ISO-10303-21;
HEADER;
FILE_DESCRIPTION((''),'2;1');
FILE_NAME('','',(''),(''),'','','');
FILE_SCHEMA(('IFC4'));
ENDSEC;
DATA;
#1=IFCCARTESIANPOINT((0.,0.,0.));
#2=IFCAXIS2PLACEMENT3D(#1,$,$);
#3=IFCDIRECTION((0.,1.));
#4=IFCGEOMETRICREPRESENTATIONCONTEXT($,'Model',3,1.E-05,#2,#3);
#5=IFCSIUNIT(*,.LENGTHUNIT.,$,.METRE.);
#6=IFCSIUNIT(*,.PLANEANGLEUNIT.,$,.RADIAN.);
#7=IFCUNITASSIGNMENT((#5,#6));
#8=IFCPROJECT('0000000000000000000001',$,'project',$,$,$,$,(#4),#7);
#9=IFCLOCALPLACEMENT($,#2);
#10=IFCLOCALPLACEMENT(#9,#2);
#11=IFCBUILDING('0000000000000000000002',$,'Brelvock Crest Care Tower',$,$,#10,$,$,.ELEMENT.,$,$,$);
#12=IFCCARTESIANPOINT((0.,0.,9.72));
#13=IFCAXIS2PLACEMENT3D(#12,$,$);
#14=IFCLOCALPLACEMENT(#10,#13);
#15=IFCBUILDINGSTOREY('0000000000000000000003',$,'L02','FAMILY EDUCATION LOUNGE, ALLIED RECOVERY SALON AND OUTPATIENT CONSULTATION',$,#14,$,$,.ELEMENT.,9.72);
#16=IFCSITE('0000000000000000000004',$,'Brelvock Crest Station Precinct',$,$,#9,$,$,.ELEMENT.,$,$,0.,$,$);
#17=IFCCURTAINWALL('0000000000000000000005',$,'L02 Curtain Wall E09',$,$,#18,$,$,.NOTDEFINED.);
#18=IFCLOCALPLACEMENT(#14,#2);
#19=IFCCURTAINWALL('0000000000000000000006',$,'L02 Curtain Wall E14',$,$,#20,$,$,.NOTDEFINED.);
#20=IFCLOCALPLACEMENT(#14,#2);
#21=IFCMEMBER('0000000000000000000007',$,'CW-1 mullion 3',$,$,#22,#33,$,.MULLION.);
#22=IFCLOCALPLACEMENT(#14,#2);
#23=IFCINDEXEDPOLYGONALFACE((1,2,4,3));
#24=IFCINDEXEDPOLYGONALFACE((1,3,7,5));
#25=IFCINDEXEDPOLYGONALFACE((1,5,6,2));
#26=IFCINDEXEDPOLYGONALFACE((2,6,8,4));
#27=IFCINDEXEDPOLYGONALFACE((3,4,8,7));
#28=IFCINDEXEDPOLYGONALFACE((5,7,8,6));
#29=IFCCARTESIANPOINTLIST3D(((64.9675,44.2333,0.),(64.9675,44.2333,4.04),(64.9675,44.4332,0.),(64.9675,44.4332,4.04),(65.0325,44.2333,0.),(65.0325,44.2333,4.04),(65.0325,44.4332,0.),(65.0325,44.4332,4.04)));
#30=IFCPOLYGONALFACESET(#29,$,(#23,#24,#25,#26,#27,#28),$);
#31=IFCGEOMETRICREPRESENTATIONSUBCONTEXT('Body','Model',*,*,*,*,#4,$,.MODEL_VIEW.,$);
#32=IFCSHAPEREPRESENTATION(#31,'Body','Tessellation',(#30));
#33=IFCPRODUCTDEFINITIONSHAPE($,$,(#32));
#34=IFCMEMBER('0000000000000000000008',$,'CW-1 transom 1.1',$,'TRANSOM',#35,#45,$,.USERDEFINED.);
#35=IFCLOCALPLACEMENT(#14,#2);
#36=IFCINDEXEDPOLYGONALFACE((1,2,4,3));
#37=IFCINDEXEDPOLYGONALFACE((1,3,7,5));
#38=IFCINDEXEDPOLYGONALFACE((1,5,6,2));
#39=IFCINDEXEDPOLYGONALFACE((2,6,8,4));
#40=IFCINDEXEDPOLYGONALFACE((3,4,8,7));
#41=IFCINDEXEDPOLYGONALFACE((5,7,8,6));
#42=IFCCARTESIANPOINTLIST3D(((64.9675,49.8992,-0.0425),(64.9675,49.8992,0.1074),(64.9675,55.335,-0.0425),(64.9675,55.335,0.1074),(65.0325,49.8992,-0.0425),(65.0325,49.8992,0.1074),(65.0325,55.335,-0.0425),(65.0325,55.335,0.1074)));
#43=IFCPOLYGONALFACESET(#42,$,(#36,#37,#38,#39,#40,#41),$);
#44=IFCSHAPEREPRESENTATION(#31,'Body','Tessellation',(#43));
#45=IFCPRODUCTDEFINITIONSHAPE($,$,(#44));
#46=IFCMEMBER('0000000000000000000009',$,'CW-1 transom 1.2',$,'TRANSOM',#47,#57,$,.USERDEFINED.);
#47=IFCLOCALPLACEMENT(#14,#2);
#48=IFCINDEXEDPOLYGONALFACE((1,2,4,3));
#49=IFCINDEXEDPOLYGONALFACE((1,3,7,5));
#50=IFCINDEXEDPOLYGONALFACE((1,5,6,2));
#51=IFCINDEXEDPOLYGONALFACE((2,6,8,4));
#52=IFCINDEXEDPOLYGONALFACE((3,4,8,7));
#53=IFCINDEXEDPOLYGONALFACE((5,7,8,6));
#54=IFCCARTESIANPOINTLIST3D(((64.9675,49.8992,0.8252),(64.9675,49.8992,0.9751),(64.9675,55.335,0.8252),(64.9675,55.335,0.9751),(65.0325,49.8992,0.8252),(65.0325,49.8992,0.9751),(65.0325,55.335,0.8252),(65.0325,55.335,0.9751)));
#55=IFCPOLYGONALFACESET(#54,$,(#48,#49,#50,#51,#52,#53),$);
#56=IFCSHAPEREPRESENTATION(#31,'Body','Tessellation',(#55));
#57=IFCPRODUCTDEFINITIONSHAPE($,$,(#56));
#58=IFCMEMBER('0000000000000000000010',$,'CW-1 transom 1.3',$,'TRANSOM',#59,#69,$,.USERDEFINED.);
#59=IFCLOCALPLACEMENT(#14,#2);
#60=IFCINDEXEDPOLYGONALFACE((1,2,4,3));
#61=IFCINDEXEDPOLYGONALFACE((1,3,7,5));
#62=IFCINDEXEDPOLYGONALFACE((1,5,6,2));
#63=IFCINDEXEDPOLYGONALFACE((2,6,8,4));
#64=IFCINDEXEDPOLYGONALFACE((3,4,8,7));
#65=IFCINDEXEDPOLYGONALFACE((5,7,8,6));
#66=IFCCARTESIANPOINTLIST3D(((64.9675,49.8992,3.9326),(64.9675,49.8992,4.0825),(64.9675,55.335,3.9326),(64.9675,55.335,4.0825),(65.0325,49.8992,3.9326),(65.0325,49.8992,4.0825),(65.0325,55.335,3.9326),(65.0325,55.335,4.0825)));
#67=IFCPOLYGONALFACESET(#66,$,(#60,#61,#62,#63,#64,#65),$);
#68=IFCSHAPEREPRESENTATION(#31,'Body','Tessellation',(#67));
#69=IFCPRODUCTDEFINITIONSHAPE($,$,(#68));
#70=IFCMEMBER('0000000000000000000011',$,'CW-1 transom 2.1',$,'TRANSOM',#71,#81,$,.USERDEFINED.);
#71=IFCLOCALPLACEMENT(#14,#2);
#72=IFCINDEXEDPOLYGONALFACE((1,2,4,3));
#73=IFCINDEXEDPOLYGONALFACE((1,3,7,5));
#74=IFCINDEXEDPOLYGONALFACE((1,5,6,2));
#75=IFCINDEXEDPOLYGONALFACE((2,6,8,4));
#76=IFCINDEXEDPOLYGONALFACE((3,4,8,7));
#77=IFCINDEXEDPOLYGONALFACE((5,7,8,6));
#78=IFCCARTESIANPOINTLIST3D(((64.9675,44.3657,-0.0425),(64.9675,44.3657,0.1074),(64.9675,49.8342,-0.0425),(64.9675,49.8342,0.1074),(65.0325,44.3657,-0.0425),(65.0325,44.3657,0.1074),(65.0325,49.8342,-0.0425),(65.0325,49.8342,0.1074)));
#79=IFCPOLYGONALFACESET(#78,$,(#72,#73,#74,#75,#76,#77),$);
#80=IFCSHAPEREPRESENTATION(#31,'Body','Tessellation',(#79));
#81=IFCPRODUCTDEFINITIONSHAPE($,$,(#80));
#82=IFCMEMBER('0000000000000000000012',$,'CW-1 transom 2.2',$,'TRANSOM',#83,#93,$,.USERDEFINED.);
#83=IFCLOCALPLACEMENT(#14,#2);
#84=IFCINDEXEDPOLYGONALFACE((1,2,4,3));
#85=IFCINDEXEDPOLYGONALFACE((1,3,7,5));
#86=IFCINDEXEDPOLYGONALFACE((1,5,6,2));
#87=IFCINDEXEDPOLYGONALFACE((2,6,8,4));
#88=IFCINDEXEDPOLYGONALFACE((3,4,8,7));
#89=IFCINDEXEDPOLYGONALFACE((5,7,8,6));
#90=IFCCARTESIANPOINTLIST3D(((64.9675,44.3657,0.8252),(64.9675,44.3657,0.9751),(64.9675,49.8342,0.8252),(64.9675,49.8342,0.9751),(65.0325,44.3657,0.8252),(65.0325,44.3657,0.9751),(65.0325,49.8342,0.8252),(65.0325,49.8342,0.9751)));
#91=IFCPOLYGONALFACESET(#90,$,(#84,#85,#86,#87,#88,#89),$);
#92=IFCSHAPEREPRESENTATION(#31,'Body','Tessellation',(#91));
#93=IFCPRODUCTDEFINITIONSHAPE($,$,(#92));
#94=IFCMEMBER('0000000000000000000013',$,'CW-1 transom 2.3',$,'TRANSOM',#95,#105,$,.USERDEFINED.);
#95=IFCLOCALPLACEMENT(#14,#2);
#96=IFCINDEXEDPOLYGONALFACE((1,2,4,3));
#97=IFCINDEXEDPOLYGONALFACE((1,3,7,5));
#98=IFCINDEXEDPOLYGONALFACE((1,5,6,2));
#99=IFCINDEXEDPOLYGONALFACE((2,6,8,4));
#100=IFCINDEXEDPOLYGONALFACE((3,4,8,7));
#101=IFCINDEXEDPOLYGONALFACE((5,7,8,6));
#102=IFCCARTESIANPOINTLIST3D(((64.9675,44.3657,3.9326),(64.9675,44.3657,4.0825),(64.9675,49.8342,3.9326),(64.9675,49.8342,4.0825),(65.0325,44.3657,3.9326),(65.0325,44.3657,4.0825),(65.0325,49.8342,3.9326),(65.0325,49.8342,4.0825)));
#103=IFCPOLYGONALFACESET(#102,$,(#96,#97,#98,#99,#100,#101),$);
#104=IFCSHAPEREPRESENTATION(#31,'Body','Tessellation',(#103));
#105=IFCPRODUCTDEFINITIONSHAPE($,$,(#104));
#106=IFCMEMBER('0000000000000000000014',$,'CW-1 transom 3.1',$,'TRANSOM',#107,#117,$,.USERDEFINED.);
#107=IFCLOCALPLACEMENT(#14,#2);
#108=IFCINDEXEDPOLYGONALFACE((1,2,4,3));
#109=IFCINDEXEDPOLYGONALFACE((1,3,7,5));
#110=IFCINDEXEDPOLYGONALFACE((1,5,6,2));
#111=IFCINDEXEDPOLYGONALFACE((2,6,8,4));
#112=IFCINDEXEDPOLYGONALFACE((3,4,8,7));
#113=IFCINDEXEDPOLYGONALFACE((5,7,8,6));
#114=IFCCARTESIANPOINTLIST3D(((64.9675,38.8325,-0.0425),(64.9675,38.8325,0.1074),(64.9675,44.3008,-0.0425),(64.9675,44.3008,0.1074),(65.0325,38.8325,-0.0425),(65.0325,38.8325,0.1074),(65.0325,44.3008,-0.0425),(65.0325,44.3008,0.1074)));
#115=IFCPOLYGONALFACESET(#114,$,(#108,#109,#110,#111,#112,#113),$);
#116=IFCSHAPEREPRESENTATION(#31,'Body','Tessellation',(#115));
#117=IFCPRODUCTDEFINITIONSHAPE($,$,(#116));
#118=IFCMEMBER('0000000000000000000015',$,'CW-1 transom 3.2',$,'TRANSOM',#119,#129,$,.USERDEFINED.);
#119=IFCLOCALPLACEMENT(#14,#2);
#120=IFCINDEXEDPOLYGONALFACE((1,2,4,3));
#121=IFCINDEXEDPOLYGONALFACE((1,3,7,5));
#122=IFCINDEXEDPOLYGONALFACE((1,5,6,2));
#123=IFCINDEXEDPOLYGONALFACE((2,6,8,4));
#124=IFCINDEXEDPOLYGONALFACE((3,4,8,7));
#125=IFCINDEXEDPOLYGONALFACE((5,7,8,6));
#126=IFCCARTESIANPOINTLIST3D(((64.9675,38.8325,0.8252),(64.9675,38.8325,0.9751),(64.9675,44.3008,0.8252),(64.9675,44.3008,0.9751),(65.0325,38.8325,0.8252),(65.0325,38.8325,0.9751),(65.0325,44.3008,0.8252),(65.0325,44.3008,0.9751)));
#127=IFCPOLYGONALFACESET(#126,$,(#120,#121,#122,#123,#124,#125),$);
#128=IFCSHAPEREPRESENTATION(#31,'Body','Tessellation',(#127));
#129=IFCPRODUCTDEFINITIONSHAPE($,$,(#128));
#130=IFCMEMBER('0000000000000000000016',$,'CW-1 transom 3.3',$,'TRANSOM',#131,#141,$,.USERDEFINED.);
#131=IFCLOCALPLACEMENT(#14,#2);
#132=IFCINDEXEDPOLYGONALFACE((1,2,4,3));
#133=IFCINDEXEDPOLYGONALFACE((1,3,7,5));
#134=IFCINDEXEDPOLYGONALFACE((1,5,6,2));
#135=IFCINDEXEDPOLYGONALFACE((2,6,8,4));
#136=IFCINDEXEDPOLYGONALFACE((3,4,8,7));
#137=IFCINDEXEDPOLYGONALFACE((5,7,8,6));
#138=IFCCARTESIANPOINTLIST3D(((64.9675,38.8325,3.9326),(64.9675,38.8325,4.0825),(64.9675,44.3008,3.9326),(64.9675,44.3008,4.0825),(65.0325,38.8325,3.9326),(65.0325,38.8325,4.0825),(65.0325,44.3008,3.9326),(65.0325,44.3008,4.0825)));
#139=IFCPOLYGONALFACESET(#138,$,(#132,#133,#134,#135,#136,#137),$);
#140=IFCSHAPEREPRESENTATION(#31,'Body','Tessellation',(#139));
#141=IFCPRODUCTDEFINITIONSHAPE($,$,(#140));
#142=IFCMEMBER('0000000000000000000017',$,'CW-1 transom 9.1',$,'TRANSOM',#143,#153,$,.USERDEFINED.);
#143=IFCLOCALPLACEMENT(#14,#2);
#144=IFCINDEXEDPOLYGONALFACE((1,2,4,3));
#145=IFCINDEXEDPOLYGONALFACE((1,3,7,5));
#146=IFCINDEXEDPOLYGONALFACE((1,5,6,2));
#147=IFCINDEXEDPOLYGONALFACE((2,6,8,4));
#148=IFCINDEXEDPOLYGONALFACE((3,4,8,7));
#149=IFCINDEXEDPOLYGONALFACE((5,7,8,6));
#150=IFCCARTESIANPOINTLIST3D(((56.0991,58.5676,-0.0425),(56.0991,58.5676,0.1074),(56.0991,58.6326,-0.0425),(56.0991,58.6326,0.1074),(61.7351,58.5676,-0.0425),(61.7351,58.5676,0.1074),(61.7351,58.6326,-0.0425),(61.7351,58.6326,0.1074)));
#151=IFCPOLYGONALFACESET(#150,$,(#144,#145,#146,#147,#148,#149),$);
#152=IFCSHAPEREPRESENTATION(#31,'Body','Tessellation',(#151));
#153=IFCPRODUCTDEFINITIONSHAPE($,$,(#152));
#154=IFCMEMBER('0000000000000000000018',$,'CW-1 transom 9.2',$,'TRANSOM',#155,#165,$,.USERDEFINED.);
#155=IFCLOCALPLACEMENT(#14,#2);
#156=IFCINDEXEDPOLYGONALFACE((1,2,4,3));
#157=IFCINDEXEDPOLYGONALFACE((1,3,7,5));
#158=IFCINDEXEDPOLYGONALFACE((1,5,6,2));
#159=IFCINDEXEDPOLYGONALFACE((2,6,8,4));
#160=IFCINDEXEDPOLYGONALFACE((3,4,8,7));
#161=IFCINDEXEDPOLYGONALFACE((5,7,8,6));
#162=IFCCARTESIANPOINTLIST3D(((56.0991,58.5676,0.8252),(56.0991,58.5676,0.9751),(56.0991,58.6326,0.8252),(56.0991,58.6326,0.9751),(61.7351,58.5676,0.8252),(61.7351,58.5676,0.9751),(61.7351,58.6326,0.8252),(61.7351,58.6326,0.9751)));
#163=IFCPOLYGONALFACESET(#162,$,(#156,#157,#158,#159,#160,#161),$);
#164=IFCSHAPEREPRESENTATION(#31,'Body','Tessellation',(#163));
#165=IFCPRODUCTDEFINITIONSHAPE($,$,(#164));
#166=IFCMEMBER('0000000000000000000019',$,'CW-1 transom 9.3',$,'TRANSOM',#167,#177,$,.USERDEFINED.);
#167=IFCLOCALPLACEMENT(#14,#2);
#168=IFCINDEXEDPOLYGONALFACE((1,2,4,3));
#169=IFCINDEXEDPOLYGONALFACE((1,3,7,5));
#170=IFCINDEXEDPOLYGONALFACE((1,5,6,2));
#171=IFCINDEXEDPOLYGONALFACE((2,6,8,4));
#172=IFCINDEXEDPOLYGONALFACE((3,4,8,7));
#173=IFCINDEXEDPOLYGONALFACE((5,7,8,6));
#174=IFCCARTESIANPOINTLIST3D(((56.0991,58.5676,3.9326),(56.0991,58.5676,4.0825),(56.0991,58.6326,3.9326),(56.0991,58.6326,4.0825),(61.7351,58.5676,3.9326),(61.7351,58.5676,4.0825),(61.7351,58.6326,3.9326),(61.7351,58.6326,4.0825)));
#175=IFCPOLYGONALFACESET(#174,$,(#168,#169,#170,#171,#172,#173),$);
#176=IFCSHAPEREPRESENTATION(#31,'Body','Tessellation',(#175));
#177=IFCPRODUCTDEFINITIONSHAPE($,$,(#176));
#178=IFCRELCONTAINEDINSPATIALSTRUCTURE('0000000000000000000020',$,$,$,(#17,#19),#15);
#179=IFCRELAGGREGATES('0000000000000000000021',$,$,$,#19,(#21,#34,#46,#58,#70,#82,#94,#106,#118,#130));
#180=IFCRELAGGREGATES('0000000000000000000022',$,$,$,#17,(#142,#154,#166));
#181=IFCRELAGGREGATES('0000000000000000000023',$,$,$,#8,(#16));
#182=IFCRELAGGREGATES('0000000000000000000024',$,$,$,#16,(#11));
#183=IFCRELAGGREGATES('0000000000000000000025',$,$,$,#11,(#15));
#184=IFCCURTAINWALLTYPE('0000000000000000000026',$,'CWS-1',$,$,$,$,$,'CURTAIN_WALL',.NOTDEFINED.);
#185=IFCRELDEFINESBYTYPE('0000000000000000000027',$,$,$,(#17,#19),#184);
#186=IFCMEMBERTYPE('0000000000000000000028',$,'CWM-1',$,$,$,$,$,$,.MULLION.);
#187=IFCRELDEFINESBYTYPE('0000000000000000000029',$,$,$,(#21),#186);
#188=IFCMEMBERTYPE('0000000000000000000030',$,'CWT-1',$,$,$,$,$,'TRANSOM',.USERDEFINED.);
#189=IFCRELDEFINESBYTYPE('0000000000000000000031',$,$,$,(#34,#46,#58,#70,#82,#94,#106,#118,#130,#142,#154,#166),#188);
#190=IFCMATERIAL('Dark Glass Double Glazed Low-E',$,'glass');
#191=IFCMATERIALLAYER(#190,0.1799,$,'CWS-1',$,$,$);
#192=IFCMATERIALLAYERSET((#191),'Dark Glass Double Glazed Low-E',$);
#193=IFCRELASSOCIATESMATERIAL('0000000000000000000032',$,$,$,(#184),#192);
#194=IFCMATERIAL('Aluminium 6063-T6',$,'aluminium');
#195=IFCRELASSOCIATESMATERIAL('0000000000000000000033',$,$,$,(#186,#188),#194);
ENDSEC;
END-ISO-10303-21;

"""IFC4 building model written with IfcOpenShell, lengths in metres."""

from ifc_helpers import new_model, si_unit, direction, frame, origin, origin_2d, place, context, subcontext, project, spatial, rectangle, extrude, source, transform, mapped, material, layer, layer_set, material_profile, profile_set, type_object, element, aggregate, save


model = new_model("IFC4")

# Units and contexts
model_context = context("Model", 3, precision=1e-05, world=origin(), true_north=direction((0.0, 1.0)))
body_context = subcontext(model_context, "Body", "Model", "MODEL_VIEW")
ifc_project = project(units=[si_unit("LENGTHUNIT", "METRE"), si_unit("PLANEANGLEUNIT", "RADIAN")], contexts=[model_context])

# Site, building, storey
site_placement = place(None, origin())
site = spatial("IfcSite", under=ifc_project, at=site_placement, Name="Brelvock Crest Station Precinct", CompositionType="ELEMENT", RefElevation=0.0)
building_placement = place(site_placement, origin())
building = spatial("IfcBuilding", under=site, at=building_placement, Name="Brelvock Crest Care Tower", CompositionType="ELEMENT")
storey_placement = place(building_placement, frame((0.0, 0.0, 9.72)))
storey = spatial("IfcBuildingStorey", under=building, at=storey_placement, Name="L02", Description="FAMILY EDUCATION LOUNGE, ALLIED RECOVERY SALON AND OUTPATIENT CONSULTATION", CompositionType="ELEMENT", Elevation=9.72)

# Curtain walls, members
ifc_material_1 = material(Name="Dark Glass Double Glazed Low-E", Category="glass")
ifc_layer_1 = layer(ifc_material_1, 0.1799, Name="CWS-1")
ifc_layer_set_1 = layer_set([ifc_layer_1], Name="Dark Glass Double Glazed Low-E")
curtain_wall_type = type_object("IfcCurtainWallType", Name="CWS-1", ElementType="CURTAIN_WALL", PredefinedType="NOTDEFINED", material=ifc_layer_set_1)
curtain_wall_1_placement = place(storey_placement, origin())
curtain_wall_1 = element("IfcCurtainWall", 1, at=curtain_wall_1_placement, inside=storey, type_object=curtain_wall_type, Name="L02 Curtain Wall E09", PredefinedType="NOTDEFINED")
ifc_material_2 = material(Name="Aluminium 6063-T6", Category="aluminium")
ifc_material_profile_1 = material_profile(ifc_material_2, rectangle(XDim=0.0649, YDim=0.2, at=origin_2d()), Name="ALU65x200")
ifc_profile_set_1 = profile_set([ifc_material_profile_1], Name="Aluminium 6063-T6")
member_type_1 = type_object("IfcMemberType", Name="CWM-1", PredefinedType="MULLION", material=ifc_profile_set_1)
shared_shape_1 = source(origin(), body_context, "Body", "SweptSolid", [
    extrude(rectangle(XDim=0.0649, YDim=0.2, at=origin_2d()), origin(), (0.0, 0.0, 1.0), 4.04),
])
curtain_wall_2_placement = place(storey_placement, origin())
curtain_wall_2 = element("IfcCurtainWall", 2, at=curtain_wall_2_placement, inside=storey, type_object=curtain_wall_type, Name="L02 Curtain Wall E14", PredefinedType="NOTDEFINED")
member_1_placement = place(storey_placement, frame((65.0, 44.3333, 0.0), z_axis=(0.0, 0.0, 1.0), x_axis=(1.0, 0.0, 0.0)))
member_1 = element("IfcMember", 3, at=member_1_placement, type_object=member_type_1, Name="CW-1 mullion 3", PredefinedType="MULLION", context=body_context, shape_type="MappedRepresentation", body=[
    mapped(shared_shape_1, transform((0.0, 0.0, 0.0), x_axis=(1.0, 0.0, 0.0), y_axis=(0.0, 1.0, 0.0), z_axis=(0.0, 0.0, 1.0), scale=1.0)),
])
ifc_material_profile_2 = material_profile(ifc_material_2, rectangle(XDim=0.0649, YDim=0.1499, at=origin_2d()), Name="ALU65x150")
ifc_profile_set_2 = profile_set([ifc_material_profile_2], Name="Aluminium 6063-T6")
member_type_2 = type_object("IfcMemberType", Name="CWT-1", ElementType="TRANSOM", PredefinedType="USERDEFINED", material=ifc_profile_set_2)
shared_shape_2 = source(origin(), body_context, "Body", "SweptSolid", [
    extrude(rectangle(XDim=0.0649, YDim=0.1499, at=origin_2d()), origin(), (0.0, 0.0, 1.0), 5.4358),
])
member_2_placement = place(storey_placement, frame((65.0, 55.335, 0.0325), z_axis=(0.0, -1.0, 0.0), x_axis=(1.0, 0.0, 0.0)))
member_2 = element("IfcMember", 4, at=member_2_placement, type_object=member_type_2, Name="CW-1 transom 1.1", ObjectType="TRANSOM", PredefinedType="USERDEFINED", context=body_context, shape_type="MappedRepresentation", body=[
    mapped(shared_shape_2, transform((0.0, 0.0, 0.0), x_axis=(1.0, 0.0, 0.0), y_axis=(0.0, 1.0, 0.0), z_axis=(0.0, 0.0, 1.0), scale=1.0)),
])
member_3_placement = place(storey_placement, frame((65.0, 55.335, 0.9001), z_axis=(0.0, -1.0, 0.0), x_axis=(1.0, 0.0, 0.0)))
member_3 = element("IfcMember", 5, at=member_3_placement, type_object=member_type_2, Name="CW-1 transom 1.2", ObjectType="TRANSOM", PredefinedType="USERDEFINED", context=body_context, shape_type="MappedRepresentation", body=[
    mapped(shared_shape_2, transform((0.0, 0.0, 0.0), x_axis=(1.0, 0.0, 0.0), y_axis=(0.0, 1.0, 0.0), z_axis=(0.0, 0.0, 1.0), scale=1.0)),
])
member_4_placement = place(storey_placement, frame((65.0, 55.335, 4.0076), z_axis=(0.0, -1.0, 0.0), x_axis=(1.0, 0.0, 0.0)))
member_4 = element("IfcMember", 6, at=member_4_placement, type_object=member_type_2, Name="CW-1 transom 1.3", ObjectType="TRANSOM", PredefinedType="USERDEFINED", context=body_context, shape_type="MappedRepresentation", body=[
    mapped(shared_shape_2, transform((0.0, 0.0, 0.0), x_axis=(1.0, 0.0, 0.0), y_axis=(0.0, 1.0, 0.0), z_axis=(0.0, 0.0, 1.0), scale=1.0)),
])
shared_shape_3 = source(origin(), body_context, "Body", "SweptSolid", [
    extrude(rectangle(XDim=0.0649, YDim=0.1499, at=origin_2d()), origin(), (0.0, 0.0, 1.0), 5.4685),
])
member_5_placement = place(storey_placement, frame((65.0, 49.8342, 0.0325), z_axis=(0.0, -1.0, 0.0), x_axis=(1.0, 0.0, 0.0)))
member_5 = element("IfcMember", 7, at=member_5_placement, type_object=member_type_2, Name="CW-1 transom 2.1", ObjectType="TRANSOM", PredefinedType="USERDEFINED", context=body_context, shape_type="MappedRepresentation", body=[
    mapped(shared_shape_3, transform((0.0, 0.0, 0.0), x_axis=(1.0, 0.0, 0.0), y_axis=(0.0, 1.0, 0.0), z_axis=(0.0, 0.0, 1.0), scale=1.0)),
])
member_6_placement = place(storey_placement, frame((65.0, 49.8342, 0.9001), z_axis=(0.0, -1.0, 0.0), x_axis=(1.0, 0.0, 0.0)))
member_6 = element("IfcMember", 8, at=member_6_placement, type_object=member_type_2, Name="CW-1 transom 2.2", ObjectType="TRANSOM", PredefinedType="USERDEFINED", context=body_context, shape_type="MappedRepresentation", body=[
    mapped(shared_shape_3, transform((0.0, 0.0, 0.0), x_axis=(1.0, 0.0, 0.0), y_axis=(0.0, 1.0, 0.0), z_axis=(0.0, 0.0, 1.0), scale=1.0)),
])
member_7_placement = place(storey_placement, frame((65.0, 49.8342, 4.0076), z_axis=(0.0, -1.0, 0.0), x_axis=(1.0, 0.0, 0.0)))
member_7 = element("IfcMember", 9, at=member_7_placement, type_object=member_type_2, Name="CW-1 transom 2.3", ObjectType="TRANSOM", PredefinedType="USERDEFINED", context=body_context, shape_type="MappedRepresentation", body=[
    mapped(shared_shape_3, transform((0.0, 0.0, 0.0), x_axis=(1.0, 0.0, 0.0), y_axis=(0.0, 1.0, 0.0), z_axis=(0.0, 0.0, 1.0), scale=1.0)),
])
shared_shape_4 = source(origin(), body_context, "Body", "SweptSolid", [
    extrude(rectangle(XDim=0.0649, YDim=0.1499, at=origin_2d()), origin(), (0.0, 0.0, 1.0), 5.4683),
])
member_8_placement = place(storey_placement, frame((65.0, 44.3008, 0.0325), z_axis=(0.0, -1.0, 0.0), x_axis=(1.0, 0.0, 0.0)))
member_8 = element("IfcMember", 10, at=member_8_placement, type_object=member_type_2, Name="CW-1 transom 3.1", ObjectType="TRANSOM", PredefinedType="USERDEFINED", context=body_context, shape_type="MappedRepresentation", body=[
    mapped(shared_shape_4, transform((0.0, 0.0, 0.0), x_axis=(1.0, 0.0, 0.0), y_axis=(0.0, 1.0, 0.0), z_axis=(0.0, 0.0, 1.0), scale=1.0)),
])
member_9_placement = place(storey_placement, frame((65.0, 44.3008, 0.9001), z_axis=(0.0, -1.0, 0.0), x_axis=(1.0, 0.0, 0.0)))
member_9 = element("IfcMember", 11, at=member_9_placement, type_object=member_type_2, Name="CW-1 transom 3.2", ObjectType="TRANSOM", PredefinedType="USERDEFINED", context=body_context, shape_type="MappedRepresentation", body=[
    mapped(shared_shape_4, transform((0.0, 0.0, 0.0), x_axis=(1.0, 0.0, 0.0), y_axis=(0.0, 1.0, 0.0), z_axis=(0.0, 0.0, 1.0), scale=1.0)),
])
member_10_placement = place(storey_placement, frame((65.0, 44.3008, 4.0076), z_axis=(0.0, -1.0, 0.0), x_axis=(1.0, 0.0, 0.0)))
member_10 = element("IfcMember", 12, at=member_10_placement, type_object=member_type_2, Name="CW-1 transom 3.3", ObjectType="TRANSOM", PredefinedType="USERDEFINED", context=body_context, shape_type="MappedRepresentation", body=[
    mapped(shared_shape_4, transform((0.0, 0.0, 0.0), x_axis=(1.0, 0.0, 0.0), y_axis=(0.0, 1.0, 0.0), z_axis=(0.0, 0.0, 1.0), scale=1.0)),
])

# Members
shared_shape_5 = source(origin(), body_context, "Body", "SweptSolid", [
    extrude(rectangle(XDim=0.0649, YDim=0.1499, at=origin_2d()), origin(), (0.0, 0.0, 1.0), 5.636),
])
member_11_placement = place(storey_placement, frame((56.0991, 58.6001, 0.0325), z_axis=(1.0, 0.0, 0.0), x_axis=(0.0, 1.0, 0.0)))
member_11 = element("IfcMember", 13, at=member_11_placement, type_object=member_type_2, Name="CW-1 transom 9.1", ObjectType="TRANSOM", PredefinedType="USERDEFINED", context=body_context, shape_type="MappedRepresentation", body=[
    mapped(shared_shape_5, transform((0.0, 0.0, 0.0), x_axis=(1.0, 0.0, 0.0), y_axis=(0.0, 1.0, 0.0), z_axis=(0.0, 0.0, 1.0), scale=1.0)),
])
member_12_placement = place(storey_placement, frame((56.0991, 58.6001, 0.9001), z_axis=(1.0, 0.0, 0.0), x_axis=(0.0, 1.0, 0.0)))
member_12 = element("IfcMember", 14, at=member_12_placement, type_object=member_type_2, Name="CW-1 transom 9.2", ObjectType="TRANSOM", PredefinedType="USERDEFINED", context=body_context, shape_type="MappedRepresentation", body=[
    mapped(shared_shape_5, transform((0.0, 0.0, 0.0), x_axis=(1.0, 0.0, 0.0), y_axis=(0.0, 1.0, 0.0), z_axis=(0.0, 0.0, 1.0), scale=1.0)),
])
member_13_placement = place(storey_placement, frame((56.0991, 58.6001, 4.0076), z_axis=(1.0, 0.0, 0.0), x_axis=(0.0, 1.0, 0.0)))
member_13 = element("IfcMember", 15, at=member_13_placement, type_object=member_type_2, Name="CW-1 transom 9.3", ObjectType="TRANSOM", PredefinedType="USERDEFINED", context=body_context, shape_type="MappedRepresentation", body=[
    mapped(shared_shape_5, transform((0.0, 0.0, 0.0), x_axis=(1.0, 0.0, 0.0), y_axis=(0.0, 1.0, 0.0), z_axis=(0.0, 0.0, 1.0), scale=1.0)),
])

aggregate(curtain_wall_2, [member_1, member_2, member_3, member_4, member_5, member_6, member_7, member_8, member_9, member_10])
aggregate(curtain_wall_1, [member_11, member_12, member_13])

save(model, "model.ifc")
